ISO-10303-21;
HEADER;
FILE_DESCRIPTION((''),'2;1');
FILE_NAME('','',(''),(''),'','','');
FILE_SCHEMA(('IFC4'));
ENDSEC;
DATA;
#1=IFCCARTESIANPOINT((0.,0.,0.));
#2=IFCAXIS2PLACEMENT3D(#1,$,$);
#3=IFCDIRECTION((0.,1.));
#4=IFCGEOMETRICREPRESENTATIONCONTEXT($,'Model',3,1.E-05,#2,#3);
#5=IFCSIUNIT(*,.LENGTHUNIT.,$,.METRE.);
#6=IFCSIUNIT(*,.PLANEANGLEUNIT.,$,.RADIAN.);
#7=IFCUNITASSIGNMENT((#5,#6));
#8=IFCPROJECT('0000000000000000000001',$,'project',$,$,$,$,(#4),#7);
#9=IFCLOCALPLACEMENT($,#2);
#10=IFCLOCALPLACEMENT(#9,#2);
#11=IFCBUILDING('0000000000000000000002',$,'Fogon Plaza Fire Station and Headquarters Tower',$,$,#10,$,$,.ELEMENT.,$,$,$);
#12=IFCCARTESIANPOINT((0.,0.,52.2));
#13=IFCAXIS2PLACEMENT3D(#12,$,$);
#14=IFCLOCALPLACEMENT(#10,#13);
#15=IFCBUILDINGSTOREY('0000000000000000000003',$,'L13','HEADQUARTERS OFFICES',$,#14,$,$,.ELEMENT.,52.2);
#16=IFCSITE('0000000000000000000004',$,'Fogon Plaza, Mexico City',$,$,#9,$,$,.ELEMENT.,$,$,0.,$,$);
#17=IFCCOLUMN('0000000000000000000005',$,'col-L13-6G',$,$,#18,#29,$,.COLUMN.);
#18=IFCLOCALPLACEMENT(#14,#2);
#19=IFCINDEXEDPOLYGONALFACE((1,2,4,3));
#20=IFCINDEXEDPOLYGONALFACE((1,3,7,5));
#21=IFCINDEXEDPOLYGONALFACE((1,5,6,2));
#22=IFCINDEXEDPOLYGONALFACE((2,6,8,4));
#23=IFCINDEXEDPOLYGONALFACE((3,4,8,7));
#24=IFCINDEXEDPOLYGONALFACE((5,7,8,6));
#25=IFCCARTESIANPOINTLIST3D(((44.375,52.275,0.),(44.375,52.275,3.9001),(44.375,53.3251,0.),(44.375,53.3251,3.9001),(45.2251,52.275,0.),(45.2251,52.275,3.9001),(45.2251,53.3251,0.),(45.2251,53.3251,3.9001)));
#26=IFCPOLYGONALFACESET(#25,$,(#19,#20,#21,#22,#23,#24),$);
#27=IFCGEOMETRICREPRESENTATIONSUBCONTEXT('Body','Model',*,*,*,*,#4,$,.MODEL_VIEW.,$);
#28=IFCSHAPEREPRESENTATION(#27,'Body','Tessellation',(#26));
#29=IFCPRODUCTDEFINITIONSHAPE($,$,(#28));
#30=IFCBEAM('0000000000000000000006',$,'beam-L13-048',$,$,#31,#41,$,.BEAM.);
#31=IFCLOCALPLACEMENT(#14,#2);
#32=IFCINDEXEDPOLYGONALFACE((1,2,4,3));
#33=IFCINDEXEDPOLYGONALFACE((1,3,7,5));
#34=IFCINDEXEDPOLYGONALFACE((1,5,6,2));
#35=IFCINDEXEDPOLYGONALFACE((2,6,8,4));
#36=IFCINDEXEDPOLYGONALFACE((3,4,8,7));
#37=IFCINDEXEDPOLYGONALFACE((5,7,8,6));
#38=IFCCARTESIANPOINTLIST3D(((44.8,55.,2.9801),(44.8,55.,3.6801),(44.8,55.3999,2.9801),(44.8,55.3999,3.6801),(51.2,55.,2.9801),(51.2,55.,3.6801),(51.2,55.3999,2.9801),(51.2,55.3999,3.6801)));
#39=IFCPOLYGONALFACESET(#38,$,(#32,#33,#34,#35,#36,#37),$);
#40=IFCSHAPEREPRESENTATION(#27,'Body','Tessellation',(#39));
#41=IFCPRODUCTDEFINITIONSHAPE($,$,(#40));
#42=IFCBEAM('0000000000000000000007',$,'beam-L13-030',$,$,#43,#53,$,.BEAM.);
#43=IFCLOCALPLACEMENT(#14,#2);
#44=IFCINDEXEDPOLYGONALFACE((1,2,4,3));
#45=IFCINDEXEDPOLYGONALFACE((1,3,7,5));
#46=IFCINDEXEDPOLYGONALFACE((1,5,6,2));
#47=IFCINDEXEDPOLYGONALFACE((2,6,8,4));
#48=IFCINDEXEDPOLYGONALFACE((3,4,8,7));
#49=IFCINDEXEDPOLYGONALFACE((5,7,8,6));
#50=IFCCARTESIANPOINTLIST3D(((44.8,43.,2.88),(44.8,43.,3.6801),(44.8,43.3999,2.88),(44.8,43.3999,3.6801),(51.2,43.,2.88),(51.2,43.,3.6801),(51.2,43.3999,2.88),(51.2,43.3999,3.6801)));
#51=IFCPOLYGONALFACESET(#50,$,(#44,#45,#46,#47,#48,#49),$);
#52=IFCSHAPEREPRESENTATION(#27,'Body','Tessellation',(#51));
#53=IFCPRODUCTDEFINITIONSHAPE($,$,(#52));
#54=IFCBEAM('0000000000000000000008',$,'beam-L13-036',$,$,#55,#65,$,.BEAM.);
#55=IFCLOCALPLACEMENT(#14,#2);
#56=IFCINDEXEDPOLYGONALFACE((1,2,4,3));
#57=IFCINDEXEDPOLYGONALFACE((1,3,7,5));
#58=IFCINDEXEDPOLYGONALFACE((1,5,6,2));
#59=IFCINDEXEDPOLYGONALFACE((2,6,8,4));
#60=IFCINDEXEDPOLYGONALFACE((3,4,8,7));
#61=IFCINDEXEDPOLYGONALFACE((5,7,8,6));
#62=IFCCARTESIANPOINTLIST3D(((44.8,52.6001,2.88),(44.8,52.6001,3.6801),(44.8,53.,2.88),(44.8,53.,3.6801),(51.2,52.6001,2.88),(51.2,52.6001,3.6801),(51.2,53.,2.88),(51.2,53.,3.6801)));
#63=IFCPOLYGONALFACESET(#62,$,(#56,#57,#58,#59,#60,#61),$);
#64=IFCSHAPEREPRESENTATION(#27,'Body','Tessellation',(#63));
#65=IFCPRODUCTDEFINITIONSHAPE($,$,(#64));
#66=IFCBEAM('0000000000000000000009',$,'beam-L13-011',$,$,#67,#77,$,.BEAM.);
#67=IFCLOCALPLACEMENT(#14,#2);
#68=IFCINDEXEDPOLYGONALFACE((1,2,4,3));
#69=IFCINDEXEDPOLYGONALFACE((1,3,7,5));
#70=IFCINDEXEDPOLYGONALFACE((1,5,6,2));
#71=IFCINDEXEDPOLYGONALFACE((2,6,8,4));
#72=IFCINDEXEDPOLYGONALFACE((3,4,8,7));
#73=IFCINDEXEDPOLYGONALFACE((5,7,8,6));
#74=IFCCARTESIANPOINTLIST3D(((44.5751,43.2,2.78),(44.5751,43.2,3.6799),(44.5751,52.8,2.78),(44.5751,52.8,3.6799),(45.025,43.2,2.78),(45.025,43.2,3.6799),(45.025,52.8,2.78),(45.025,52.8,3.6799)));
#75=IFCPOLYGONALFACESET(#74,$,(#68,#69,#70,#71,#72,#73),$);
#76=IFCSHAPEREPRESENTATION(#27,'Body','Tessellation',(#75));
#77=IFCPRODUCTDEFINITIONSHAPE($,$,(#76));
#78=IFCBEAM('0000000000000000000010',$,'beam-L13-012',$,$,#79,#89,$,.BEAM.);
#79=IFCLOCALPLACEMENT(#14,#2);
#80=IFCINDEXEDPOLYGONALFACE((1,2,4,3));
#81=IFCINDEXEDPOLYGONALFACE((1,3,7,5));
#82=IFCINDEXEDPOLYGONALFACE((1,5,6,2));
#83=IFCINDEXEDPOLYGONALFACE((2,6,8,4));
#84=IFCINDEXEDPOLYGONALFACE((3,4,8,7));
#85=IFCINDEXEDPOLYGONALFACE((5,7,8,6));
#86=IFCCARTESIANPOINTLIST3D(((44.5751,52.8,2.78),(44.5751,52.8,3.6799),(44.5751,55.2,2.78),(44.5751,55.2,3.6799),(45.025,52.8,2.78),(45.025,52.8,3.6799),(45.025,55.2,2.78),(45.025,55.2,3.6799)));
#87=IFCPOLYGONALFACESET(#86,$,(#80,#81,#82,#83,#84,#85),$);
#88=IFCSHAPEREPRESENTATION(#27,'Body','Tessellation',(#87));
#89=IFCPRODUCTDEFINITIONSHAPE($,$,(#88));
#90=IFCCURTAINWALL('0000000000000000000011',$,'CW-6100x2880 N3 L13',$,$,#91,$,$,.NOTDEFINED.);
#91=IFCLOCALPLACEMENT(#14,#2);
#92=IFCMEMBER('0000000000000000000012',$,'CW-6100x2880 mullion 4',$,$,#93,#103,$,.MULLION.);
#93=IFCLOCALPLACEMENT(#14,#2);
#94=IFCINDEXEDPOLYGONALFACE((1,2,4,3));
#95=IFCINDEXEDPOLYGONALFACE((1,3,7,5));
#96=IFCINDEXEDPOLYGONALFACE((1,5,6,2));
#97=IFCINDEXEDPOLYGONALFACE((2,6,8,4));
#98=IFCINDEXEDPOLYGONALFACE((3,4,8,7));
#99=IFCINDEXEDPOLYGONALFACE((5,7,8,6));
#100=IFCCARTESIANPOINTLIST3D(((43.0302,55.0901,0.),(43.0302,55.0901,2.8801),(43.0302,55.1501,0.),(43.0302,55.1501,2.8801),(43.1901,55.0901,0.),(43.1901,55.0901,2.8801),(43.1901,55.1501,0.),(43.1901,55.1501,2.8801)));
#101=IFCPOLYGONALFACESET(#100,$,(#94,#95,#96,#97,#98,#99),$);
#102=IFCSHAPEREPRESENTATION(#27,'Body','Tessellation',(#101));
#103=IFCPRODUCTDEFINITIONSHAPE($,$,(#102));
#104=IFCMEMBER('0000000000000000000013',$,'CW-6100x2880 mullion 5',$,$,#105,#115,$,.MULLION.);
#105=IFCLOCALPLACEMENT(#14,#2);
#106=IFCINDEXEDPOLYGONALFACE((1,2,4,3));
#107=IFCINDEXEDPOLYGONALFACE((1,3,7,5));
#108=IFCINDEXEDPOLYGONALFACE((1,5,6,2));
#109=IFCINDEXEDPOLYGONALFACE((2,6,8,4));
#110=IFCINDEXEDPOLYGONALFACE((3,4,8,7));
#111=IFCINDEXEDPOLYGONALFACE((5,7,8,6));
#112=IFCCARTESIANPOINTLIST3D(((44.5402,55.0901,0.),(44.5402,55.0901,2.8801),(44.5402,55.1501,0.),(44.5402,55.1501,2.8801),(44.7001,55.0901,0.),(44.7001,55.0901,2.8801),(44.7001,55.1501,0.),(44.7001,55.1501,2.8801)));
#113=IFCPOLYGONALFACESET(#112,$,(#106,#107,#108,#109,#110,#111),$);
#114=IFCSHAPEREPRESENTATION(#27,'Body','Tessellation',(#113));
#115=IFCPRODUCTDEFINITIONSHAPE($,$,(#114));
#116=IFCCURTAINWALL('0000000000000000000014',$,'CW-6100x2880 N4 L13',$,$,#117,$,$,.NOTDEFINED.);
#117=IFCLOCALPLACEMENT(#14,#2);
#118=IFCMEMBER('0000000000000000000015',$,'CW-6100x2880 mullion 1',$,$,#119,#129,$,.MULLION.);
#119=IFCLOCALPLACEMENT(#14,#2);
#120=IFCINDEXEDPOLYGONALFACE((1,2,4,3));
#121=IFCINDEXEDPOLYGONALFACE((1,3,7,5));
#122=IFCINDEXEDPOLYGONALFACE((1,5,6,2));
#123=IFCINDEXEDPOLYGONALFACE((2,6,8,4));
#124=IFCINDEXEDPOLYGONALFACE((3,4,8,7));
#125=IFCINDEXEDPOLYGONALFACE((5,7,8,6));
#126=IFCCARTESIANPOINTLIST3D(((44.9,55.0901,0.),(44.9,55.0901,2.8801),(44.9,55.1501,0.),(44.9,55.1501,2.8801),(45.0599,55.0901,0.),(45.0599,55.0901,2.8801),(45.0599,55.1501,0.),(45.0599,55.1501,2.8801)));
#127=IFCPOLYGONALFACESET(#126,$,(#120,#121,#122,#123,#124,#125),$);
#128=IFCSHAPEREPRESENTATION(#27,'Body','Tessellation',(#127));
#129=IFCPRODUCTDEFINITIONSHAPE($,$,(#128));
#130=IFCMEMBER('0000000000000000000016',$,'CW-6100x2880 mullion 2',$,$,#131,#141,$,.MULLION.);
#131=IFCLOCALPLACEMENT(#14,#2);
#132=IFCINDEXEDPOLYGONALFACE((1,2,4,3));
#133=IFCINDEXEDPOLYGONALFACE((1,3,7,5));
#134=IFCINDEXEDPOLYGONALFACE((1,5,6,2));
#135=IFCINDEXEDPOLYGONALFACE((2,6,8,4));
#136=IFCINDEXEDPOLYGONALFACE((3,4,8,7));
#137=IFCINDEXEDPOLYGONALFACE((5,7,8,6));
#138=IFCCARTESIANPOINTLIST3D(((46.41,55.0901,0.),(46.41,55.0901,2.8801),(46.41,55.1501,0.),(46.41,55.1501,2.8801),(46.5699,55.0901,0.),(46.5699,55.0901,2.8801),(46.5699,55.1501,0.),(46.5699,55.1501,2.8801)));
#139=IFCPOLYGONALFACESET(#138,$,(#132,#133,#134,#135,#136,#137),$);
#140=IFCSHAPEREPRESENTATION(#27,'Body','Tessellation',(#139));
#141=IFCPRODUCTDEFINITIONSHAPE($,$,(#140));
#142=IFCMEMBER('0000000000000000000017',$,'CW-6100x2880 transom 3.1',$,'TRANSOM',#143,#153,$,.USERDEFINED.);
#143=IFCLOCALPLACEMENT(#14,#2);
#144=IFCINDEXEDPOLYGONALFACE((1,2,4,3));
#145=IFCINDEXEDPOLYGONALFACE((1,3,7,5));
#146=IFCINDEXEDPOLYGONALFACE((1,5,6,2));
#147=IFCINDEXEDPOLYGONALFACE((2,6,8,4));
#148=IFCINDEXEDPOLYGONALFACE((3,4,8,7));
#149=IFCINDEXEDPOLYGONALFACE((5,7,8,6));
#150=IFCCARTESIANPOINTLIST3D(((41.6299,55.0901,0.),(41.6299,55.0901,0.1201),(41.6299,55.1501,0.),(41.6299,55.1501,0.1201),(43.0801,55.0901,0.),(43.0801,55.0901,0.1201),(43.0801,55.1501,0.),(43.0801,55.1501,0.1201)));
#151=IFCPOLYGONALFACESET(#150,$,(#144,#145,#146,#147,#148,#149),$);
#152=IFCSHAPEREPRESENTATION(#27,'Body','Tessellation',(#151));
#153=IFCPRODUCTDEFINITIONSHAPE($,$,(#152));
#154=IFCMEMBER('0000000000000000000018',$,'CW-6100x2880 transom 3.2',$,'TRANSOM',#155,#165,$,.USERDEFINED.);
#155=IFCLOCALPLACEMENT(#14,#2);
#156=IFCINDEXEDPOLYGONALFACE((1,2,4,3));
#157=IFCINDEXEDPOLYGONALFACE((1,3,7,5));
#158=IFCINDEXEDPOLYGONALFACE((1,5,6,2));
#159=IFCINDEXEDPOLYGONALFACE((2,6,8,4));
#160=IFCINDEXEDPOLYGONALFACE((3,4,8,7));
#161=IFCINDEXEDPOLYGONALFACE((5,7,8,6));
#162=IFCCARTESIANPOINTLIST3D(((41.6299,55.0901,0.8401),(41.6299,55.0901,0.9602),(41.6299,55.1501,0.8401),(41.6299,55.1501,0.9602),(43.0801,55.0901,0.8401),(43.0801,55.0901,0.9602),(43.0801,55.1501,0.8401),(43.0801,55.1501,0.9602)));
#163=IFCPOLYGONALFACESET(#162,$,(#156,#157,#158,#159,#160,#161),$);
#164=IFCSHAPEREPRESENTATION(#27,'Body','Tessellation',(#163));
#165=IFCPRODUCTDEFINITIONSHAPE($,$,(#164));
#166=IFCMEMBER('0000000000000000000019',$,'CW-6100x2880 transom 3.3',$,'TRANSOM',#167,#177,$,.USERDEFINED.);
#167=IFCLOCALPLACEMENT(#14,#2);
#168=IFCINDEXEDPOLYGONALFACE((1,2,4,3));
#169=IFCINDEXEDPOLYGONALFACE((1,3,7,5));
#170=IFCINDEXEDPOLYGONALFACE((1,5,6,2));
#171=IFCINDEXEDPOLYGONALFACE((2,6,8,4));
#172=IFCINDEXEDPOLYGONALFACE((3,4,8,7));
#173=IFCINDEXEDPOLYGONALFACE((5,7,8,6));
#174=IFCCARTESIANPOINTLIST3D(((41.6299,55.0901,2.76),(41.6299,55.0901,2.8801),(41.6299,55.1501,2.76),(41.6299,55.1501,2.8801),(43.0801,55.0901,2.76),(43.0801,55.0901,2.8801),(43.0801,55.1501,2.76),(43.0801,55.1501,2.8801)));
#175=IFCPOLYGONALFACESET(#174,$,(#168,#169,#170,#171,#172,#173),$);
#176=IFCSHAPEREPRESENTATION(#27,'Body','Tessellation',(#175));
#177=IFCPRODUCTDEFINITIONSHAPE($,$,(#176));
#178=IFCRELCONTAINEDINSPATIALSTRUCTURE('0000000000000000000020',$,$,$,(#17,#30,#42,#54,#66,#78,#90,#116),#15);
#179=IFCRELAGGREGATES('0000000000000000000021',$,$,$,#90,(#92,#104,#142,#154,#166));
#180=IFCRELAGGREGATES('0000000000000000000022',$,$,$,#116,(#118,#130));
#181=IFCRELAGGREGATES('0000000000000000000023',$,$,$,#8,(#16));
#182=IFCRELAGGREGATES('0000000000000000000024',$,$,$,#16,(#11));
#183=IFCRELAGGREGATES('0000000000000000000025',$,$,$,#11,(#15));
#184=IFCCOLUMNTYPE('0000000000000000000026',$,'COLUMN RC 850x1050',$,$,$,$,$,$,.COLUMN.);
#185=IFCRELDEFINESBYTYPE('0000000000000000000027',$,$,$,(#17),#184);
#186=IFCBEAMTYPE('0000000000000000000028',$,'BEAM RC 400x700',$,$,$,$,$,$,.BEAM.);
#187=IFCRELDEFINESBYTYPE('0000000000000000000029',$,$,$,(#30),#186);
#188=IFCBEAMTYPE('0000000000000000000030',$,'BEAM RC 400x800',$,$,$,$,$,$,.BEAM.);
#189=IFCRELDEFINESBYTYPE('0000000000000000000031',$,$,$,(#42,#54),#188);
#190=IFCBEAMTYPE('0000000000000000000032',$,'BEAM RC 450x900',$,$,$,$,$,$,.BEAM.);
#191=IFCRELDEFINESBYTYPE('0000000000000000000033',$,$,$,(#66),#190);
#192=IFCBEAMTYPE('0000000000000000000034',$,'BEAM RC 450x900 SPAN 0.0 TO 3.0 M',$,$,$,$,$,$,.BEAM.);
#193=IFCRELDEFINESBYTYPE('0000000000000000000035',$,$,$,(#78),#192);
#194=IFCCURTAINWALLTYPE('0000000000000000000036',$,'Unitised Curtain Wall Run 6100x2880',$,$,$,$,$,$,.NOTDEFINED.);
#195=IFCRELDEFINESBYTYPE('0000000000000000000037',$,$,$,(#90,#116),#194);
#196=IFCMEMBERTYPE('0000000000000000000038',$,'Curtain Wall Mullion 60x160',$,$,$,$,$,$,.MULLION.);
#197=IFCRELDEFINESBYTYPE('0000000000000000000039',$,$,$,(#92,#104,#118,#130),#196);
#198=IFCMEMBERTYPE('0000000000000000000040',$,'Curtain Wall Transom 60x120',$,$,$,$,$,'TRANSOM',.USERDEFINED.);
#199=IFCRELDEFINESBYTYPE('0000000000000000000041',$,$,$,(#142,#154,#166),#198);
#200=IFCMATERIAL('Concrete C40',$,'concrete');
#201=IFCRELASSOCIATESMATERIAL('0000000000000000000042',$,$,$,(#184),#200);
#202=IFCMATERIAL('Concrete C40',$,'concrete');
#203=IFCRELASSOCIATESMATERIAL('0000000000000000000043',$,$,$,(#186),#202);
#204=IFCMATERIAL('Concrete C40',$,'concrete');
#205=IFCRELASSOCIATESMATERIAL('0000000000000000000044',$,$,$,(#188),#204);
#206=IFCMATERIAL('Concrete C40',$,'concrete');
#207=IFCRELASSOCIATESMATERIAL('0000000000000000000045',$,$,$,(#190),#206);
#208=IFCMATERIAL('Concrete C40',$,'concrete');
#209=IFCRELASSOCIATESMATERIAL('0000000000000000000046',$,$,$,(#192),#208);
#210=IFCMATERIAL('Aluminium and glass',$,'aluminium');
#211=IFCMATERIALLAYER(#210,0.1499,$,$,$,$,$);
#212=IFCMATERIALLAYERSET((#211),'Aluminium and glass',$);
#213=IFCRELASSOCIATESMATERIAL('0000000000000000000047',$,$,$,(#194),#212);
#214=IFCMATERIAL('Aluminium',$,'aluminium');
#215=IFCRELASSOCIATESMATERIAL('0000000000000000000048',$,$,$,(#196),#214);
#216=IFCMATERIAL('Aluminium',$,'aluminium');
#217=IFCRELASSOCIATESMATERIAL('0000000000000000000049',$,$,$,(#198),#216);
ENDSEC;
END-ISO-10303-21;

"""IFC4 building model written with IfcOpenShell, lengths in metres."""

from ifc_helpers import new_model, si_unit, direction, frame, origin, origin_2d, place, context, subcontext, project, spatial, rectangle, extrude, material, layer, layer_set, material_profile, profile_set, type_object, element, aggregate, save


model = new_model("IFC4")

# Units and contexts
model_context = context("Model", 3, precision=1e-05, world=origin(), true_north=direction((0.0, 1.0)))
body_context = subcontext(model_context, "Body", "Model", "MODEL_VIEW")
ifc_project = project(units=[si_unit("LENGTHUNIT", "METRE"), si_unit("PLANEANGLEUNIT", "RADIAN")], contexts=[model_context])

# Site, building, storey
site_placement = place(None, origin())
site = spatial("IfcSite", under=ifc_project, at=site_placement, Name="Fogon Plaza, Mexico City", CompositionType="ELEMENT", RefElevation=0.0)
building_placement = place(site_placement, origin())
building = spatial("IfcBuilding", under=site, at=building_placement, Name="Fogon Plaza Fire Station and Headquarters Tower", CompositionType="ELEMENT")
storey_placement = place(building_placement, frame((0.0, 0.0, 52.2)))
storey = spatial("IfcBuildingStorey", under=building, at=storey_placement, Name="L13", Description="HEADQUARTERS OFFICES", CompositionType="ELEMENT", Elevation=52.2)

# Column
ifc_material_1 = material(Name="Concrete C40", Category="concrete")
ifc_material_profile_1 = material_profile(ifc_material_1, rectangle(XDim=0.8501, YDim=1.05, at=origin_2d()), Name="RC 850x1050")
ifc_profile_set_1 = profile_set([ifc_material_profile_1], Name="Concrete C40")
column_type = type_object("IfcColumnType", Name="COLUMN RC 850x1050", PredefinedType="COLUMN", material=ifc_profile_set_1)
column_placement = place(storey_placement, frame((44.8, 52.8, 0.0), z_axis=(0.0, 0.0, 1.0), x_axis=(1.0, 0.0, 0.0)))
element("IfcColumn", 1, at=column_placement, inside=storey, type_object=column_type, Name="col-L13-6G", PredefinedType="COLUMN", context=body_context, shape_type="SweptSolid", body=[
    extrude(rectangle(XDim=0.8501, YDim=1.05, at=origin_2d()), origin(), (0.0, 0.0, 1.0), 3.9001),
])

# Beams
ifc_material_2 = material(Name="Concrete C40", Category="concrete")
ifc_material_profile_2 = material_profile(ifc_material_2, rectangle(XDim=0.3999, YDim=0.7, at=origin_2d()), Name="RC 400x700")
ifc_profile_set_2 = profile_set([ifc_material_profile_2], Name="Concrete C40")
beam_type_1 = type_object("IfcBeamType", Name="BEAM RC 400x700", PredefinedType="BEAM", material=ifc_profile_set_2)
beam_1_placement = place(storey_placement, frame((44.8, 55.2, 3.3301), z_axis=(1.0, 0.0, 0.0), x_axis=(0.0, 1.0, 0.0)))
element("IfcBeam", 2, at=beam_1_placement, inside=storey, type_object=beam_type_1, Name="beam-L13-048", PredefinedType="BEAM", context=body_context, shape_type="SweptSolid", body=[
    extrude(rectangle(XDim=0.3999, YDim=0.7, at=origin_2d()), origin(), (0.0, 0.0, 1.0), 6.3999),
])
ifc_material_3 = material(Name="Concrete C40", Category="concrete")
ifc_material_profile_3 = material_profile(ifc_material_3, rectangle(XDim=0.3999, YDim=0.8, at=origin_2d()), Name="RC 400x800")
ifc_profile_set_3 = profile_set([ifc_material_profile_3], Name="Concrete C40")
beam_type_2 = type_object("IfcBeamType", Name="BEAM RC 400x800", PredefinedType="BEAM", material=ifc_profile_set_3)
for number, where, z_axis, x_axis, name in (
    (3, (44.8, 43.2, 3.28), (1.0, 0.0, 0.0), (0.0, 1.0, 0.0), "beam-L13-030"),
    (4, (44.8, 52.8, 3.28), (1.0, 0.0, 0.0), (0.0, 1.0, 0.0), "beam-L13-036"),
):
    element("IfcBeam", number, at=place(storey_placement, frame(where, z_axis=z_axis, x_axis=x_axis)), inside=storey, type_object=beam_type_2, Name=name, PredefinedType="BEAM", context=body_context, shape_type="SweptSolid", body=[
        extrude(rectangle(XDim=0.3999, YDim=0.8, at=origin_2d()), origin(), (0.0, 0.0, 1.0), 6.3999),
    ])
ifc_material_4 = material(Name="Concrete C40", Category="concrete")
ifc_material_profile_4 = material_profile(ifc_material_4, rectangle(XDim=0.45, YDim=0.8999, at=origin_2d()), Name="RC 450x900")
ifc_profile_set_4 = profile_set([ifc_material_profile_4], Name="Concrete C40")
beam_type_3 = type_object("IfcBeamType", Name="BEAM RC 450x900", PredefinedType="BEAM", material=ifc_profile_set_4)
beam_2_placement = place(storey_placement, frame((44.8, 43.2, 3.23), z_axis=(0.0, 1.0, 0.0), x_axis=(-1.0, 0.0, 0.0)))
element("IfcBeam", 5, at=beam_2_placement, inside=storey, type_object=beam_type_3, Name="beam-L13-011", PredefinedType="BEAM", context=body_context, shape_type="SweptSolid", body=[
    extrude(rectangle(XDim=0.45, YDim=0.8999, at=origin_2d()), origin(), (0.0, 0.0, 1.0), 9.6001),
])
ifc_material_5 = material(Name="Concrete C40", Category="concrete")
ifc_material_profile_5 = material_profile(ifc_material_5, rectangle(XDim=0.45, YDim=0.8999, at=origin_2d()), Name="RC 450x900")
ifc_profile_set_5 = profile_set([ifc_material_profile_5], Name="Concrete C40")
beam_type_4 = type_object("IfcBeamType", Name="BEAM RC 450x900 SPAN 0.0 TO 3.0 M", PredefinedType="BEAM", material=ifc_profile_set_5)
beam_3_placement = place(storey_placement, frame((44.8, 52.8, 3.23), z_axis=(0.0, 1.0, 0.0), x_axis=(-1.0, 0.0, 0.0)))
element("IfcBeam", 6, at=beam_3_placement, inside=storey, type_object=beam_type_4, Name="beam-L13-012", PredefinedType="BEAM", context=body_context, shape_type="SweptSolid", body=[
    extrude(rectangle(XDim=0.45, YDim=0.8999, at=origin_2d()), origin(), (0.0, 0.0, 1.0), 2.3999),
])

# Curtain walls, members
ifc_material_6 = material(Name="Aluminium and glass", Category="aluminium")
ifc_layer_1 = layer(ifc_material_6, 0.1499)
ifc_layer_set_1 = layer_set([ifc_layer_1], Name="Aluminium and glass")
curtain_wall_type = type_object("IfcCurtainWallType", Name="Unitised Curtain Wall Run 6100x2880", PredefinedType="NOTDEFINED", material=ifc_layer_set_1)
curtain_wall_1_placement = place(storey_placement, origin())
curtain_wall_1 = element("IfcCurtainWall", 7, at=curtain_wall_1_placement, inside=storey, type_object=curtain_wall_type, Name="CW-6100x2880 N3 L13", PredefinedType="NOTDEFINED")
ifc_material_7 = material(Name="Aluminium", Category="aluminium")
ifc_material_profile_6 = material_profile(ifc_material_7, rectangle(XDim=0.0601, YDim=0.1599, at=origin_2d()), Name="Curtain Wall Mullion 60x160")
ifc_profile_set_6 = profile_set([ifc_material_profile_6], Name="Aluminium")
member_type_1 = type_object("IfcMemberType", Name="Curtain Wall Mullion 60x160", PredefinedType="MULLION", material=ifc_profile_set_6)
member_1_placement = place(storey_placement, frame((43.1101, 55.1201, 0.0), z_axis=(0.0, 0.0, 1.0), x_axis=(0.0, 1.0, 0.0)))
member_1 = element("IfcMember", 8, at=member_1_placement, type_object=member_type_1, Name="CW-6100x2880 mullion 4", PredefinedType="MULLION", context=body_context, shape_type="SweptSolid", body=[
    extrude(rectangle(XDim=0.0601, YDim=0.1599, at=origin_2d()), origin(), (0.0, 0.0, 1.0), 2.8801),
])
member_2_placement = place(storey_placement, frame((44.6201, 55.1201, 0.0), z_axis=(0.0, 0.0, 1.0), x_axis=(0.0, 1.0, 0.0)))
member_2 = element("IfcMember", 9, at=member_2_placement, type_object=member_type_1, Name="CW-6100x2880 mullion 5", PredefinedType="MULLION", context=body_context, shape_type="SweptSolid", body=[
    extrude(rectangle(XDim=0.0601, YDim=0.1599, at=origin_2d()), origin(), (0.0, 0.0, 1.0), 2.8801),
])
curtain_wall_2_placement = place(storey_placement, origin())
curtain_wall_2 = element("IfcCurtainWall", 10, at=curtain_wall_2_placement, inside=storey, type_object=curtain_wall_type, Name="CW-6100x2880 N4 L13", PredefinedType="NOTDEFINED")
member_3_placement = place(storey_placement, frame((44.98, 55.1201, 0.0), z_axis=(0.0, 0.0, 1.0), x_axis=(0.0, 1.0, 0.0)))
member_3 = element("IfcMember", 11, at=member_3_placement, type_object=member_type_1, Name="CW-6100x2880 mullion 1", PredefinedType="MULLION", context=body_context, shape_type="SweptSolid", body=[
    extrude(rectangle(XDim=0.0601, YDim=0.1599, at=origin_2d()), origin(), (0.0, 0.0, 1.0), 2.8801),
])
member_4_placement = place(storey_placement, frame((46.49, 55.1201, 0.0), z_axis=(0.0, 0.0, 1.0), x_axis=(0.0, 1.0, 0.0)))
member_4 = element("IfcMember", 12, at=member_4_placement, type_object=member_type_1, Name="CW-6100x2880 mullion 2", PredefinedType="MULLION", context=body_context, shape_type="SweptSolid", body=[
    extrude(rectangle(XDim=0.0601, YDim=0.1599, at=origin_2d()), origin(), (0.0, 0.0, 1.0), 2.8801),
])

# Members
ifc_material_8 = material(Name="Aluminium", Category="aluminium")
ifc_material_profile_7 = material_profile(ifc_material_8, rectangle(XDim=0.0601, YDim=0.1201, at=origin_2d()), Name="Curtain Wall Transom 60x120")
ifc_profile_set_7 = profile_set([ifc_material_profile_7], Name="Aluminium")
member_type_2 = type_object("IfcMemberType", Name="Curtain Wall Transom 60x120", ElementType="TRANSOM", PredefinedType="USERDEFINED", material=ifc_profile_set_7)
member_5_placement = place(storey_placement, frame((41.6299, 55.1201, 0.0601), z_axis=(1.0, 0.0, 0.0), x_axis=(0.0, 1.0, 0.0)))
member_5 = element("IfcMember", 13, at=member_5_placement, type_object=member_type_2, Name="CW-6100x2880 transom 3.1", ObjectType="TRANSOM", PredefinedType="USERDEFINED", context=body_context, shape_type="SweptSolid", body=[
    extrude(rectangle(XDim=0.0601, YDim=0.1201, at=origin_2d()), origin(), (0.0, 0.0, 1.0), 1.4502),
])
member_6_placement = place(storey_placement, frame((41.6299, 55.1201, 0.9001), z_axis=(1.0, 0.0, 0.0), x_axis=(0.0, 1.0, 0.0)))
member_6 = element("IfcMember", 14, at=member_6_placement, type_object=member_type_2, Name="CW-6100x2880 transom 3.2", ObjectType="TRANSOM", PredefinedType="USERDEFINED", context=body_context, shape_type="SweptSolid", body=[
    extrude(rectangle(XDim=0.0601, YDim=0.1201, at=origin_2d()), origin(), (0.0, 0.0, 1.0), 1.4502),
])
member_7_placement = place(storey_placement, frame((41.6299, 55.1201, 2.8201), z_axis=(1.0, 0.0, 0.0), x_axis=(0.0, 1.0, 0.0)))
member_7 = element("IfcMember", 15, at=member_7_placement, type_object=member_type_2, Name="CW-6100x2880 transom 3.3", ObjectType="TRANSOM", PredefinedType="USERDEFINED", context=body_context, shape_type="SweptSolid", body=[
    extrude(rectangle(XDim=0.0601, YDim=0.1201, at=origin_2d()), origin(), (0.0, 0.0, 1.0), 1.4502),
])

aggregate(curtain_wall_1, [member_1, member_2, member_5, member_6, member_7])
aggregate(curtain_wall_2, [member_3, member_4])

save(model, "model.ifc")
